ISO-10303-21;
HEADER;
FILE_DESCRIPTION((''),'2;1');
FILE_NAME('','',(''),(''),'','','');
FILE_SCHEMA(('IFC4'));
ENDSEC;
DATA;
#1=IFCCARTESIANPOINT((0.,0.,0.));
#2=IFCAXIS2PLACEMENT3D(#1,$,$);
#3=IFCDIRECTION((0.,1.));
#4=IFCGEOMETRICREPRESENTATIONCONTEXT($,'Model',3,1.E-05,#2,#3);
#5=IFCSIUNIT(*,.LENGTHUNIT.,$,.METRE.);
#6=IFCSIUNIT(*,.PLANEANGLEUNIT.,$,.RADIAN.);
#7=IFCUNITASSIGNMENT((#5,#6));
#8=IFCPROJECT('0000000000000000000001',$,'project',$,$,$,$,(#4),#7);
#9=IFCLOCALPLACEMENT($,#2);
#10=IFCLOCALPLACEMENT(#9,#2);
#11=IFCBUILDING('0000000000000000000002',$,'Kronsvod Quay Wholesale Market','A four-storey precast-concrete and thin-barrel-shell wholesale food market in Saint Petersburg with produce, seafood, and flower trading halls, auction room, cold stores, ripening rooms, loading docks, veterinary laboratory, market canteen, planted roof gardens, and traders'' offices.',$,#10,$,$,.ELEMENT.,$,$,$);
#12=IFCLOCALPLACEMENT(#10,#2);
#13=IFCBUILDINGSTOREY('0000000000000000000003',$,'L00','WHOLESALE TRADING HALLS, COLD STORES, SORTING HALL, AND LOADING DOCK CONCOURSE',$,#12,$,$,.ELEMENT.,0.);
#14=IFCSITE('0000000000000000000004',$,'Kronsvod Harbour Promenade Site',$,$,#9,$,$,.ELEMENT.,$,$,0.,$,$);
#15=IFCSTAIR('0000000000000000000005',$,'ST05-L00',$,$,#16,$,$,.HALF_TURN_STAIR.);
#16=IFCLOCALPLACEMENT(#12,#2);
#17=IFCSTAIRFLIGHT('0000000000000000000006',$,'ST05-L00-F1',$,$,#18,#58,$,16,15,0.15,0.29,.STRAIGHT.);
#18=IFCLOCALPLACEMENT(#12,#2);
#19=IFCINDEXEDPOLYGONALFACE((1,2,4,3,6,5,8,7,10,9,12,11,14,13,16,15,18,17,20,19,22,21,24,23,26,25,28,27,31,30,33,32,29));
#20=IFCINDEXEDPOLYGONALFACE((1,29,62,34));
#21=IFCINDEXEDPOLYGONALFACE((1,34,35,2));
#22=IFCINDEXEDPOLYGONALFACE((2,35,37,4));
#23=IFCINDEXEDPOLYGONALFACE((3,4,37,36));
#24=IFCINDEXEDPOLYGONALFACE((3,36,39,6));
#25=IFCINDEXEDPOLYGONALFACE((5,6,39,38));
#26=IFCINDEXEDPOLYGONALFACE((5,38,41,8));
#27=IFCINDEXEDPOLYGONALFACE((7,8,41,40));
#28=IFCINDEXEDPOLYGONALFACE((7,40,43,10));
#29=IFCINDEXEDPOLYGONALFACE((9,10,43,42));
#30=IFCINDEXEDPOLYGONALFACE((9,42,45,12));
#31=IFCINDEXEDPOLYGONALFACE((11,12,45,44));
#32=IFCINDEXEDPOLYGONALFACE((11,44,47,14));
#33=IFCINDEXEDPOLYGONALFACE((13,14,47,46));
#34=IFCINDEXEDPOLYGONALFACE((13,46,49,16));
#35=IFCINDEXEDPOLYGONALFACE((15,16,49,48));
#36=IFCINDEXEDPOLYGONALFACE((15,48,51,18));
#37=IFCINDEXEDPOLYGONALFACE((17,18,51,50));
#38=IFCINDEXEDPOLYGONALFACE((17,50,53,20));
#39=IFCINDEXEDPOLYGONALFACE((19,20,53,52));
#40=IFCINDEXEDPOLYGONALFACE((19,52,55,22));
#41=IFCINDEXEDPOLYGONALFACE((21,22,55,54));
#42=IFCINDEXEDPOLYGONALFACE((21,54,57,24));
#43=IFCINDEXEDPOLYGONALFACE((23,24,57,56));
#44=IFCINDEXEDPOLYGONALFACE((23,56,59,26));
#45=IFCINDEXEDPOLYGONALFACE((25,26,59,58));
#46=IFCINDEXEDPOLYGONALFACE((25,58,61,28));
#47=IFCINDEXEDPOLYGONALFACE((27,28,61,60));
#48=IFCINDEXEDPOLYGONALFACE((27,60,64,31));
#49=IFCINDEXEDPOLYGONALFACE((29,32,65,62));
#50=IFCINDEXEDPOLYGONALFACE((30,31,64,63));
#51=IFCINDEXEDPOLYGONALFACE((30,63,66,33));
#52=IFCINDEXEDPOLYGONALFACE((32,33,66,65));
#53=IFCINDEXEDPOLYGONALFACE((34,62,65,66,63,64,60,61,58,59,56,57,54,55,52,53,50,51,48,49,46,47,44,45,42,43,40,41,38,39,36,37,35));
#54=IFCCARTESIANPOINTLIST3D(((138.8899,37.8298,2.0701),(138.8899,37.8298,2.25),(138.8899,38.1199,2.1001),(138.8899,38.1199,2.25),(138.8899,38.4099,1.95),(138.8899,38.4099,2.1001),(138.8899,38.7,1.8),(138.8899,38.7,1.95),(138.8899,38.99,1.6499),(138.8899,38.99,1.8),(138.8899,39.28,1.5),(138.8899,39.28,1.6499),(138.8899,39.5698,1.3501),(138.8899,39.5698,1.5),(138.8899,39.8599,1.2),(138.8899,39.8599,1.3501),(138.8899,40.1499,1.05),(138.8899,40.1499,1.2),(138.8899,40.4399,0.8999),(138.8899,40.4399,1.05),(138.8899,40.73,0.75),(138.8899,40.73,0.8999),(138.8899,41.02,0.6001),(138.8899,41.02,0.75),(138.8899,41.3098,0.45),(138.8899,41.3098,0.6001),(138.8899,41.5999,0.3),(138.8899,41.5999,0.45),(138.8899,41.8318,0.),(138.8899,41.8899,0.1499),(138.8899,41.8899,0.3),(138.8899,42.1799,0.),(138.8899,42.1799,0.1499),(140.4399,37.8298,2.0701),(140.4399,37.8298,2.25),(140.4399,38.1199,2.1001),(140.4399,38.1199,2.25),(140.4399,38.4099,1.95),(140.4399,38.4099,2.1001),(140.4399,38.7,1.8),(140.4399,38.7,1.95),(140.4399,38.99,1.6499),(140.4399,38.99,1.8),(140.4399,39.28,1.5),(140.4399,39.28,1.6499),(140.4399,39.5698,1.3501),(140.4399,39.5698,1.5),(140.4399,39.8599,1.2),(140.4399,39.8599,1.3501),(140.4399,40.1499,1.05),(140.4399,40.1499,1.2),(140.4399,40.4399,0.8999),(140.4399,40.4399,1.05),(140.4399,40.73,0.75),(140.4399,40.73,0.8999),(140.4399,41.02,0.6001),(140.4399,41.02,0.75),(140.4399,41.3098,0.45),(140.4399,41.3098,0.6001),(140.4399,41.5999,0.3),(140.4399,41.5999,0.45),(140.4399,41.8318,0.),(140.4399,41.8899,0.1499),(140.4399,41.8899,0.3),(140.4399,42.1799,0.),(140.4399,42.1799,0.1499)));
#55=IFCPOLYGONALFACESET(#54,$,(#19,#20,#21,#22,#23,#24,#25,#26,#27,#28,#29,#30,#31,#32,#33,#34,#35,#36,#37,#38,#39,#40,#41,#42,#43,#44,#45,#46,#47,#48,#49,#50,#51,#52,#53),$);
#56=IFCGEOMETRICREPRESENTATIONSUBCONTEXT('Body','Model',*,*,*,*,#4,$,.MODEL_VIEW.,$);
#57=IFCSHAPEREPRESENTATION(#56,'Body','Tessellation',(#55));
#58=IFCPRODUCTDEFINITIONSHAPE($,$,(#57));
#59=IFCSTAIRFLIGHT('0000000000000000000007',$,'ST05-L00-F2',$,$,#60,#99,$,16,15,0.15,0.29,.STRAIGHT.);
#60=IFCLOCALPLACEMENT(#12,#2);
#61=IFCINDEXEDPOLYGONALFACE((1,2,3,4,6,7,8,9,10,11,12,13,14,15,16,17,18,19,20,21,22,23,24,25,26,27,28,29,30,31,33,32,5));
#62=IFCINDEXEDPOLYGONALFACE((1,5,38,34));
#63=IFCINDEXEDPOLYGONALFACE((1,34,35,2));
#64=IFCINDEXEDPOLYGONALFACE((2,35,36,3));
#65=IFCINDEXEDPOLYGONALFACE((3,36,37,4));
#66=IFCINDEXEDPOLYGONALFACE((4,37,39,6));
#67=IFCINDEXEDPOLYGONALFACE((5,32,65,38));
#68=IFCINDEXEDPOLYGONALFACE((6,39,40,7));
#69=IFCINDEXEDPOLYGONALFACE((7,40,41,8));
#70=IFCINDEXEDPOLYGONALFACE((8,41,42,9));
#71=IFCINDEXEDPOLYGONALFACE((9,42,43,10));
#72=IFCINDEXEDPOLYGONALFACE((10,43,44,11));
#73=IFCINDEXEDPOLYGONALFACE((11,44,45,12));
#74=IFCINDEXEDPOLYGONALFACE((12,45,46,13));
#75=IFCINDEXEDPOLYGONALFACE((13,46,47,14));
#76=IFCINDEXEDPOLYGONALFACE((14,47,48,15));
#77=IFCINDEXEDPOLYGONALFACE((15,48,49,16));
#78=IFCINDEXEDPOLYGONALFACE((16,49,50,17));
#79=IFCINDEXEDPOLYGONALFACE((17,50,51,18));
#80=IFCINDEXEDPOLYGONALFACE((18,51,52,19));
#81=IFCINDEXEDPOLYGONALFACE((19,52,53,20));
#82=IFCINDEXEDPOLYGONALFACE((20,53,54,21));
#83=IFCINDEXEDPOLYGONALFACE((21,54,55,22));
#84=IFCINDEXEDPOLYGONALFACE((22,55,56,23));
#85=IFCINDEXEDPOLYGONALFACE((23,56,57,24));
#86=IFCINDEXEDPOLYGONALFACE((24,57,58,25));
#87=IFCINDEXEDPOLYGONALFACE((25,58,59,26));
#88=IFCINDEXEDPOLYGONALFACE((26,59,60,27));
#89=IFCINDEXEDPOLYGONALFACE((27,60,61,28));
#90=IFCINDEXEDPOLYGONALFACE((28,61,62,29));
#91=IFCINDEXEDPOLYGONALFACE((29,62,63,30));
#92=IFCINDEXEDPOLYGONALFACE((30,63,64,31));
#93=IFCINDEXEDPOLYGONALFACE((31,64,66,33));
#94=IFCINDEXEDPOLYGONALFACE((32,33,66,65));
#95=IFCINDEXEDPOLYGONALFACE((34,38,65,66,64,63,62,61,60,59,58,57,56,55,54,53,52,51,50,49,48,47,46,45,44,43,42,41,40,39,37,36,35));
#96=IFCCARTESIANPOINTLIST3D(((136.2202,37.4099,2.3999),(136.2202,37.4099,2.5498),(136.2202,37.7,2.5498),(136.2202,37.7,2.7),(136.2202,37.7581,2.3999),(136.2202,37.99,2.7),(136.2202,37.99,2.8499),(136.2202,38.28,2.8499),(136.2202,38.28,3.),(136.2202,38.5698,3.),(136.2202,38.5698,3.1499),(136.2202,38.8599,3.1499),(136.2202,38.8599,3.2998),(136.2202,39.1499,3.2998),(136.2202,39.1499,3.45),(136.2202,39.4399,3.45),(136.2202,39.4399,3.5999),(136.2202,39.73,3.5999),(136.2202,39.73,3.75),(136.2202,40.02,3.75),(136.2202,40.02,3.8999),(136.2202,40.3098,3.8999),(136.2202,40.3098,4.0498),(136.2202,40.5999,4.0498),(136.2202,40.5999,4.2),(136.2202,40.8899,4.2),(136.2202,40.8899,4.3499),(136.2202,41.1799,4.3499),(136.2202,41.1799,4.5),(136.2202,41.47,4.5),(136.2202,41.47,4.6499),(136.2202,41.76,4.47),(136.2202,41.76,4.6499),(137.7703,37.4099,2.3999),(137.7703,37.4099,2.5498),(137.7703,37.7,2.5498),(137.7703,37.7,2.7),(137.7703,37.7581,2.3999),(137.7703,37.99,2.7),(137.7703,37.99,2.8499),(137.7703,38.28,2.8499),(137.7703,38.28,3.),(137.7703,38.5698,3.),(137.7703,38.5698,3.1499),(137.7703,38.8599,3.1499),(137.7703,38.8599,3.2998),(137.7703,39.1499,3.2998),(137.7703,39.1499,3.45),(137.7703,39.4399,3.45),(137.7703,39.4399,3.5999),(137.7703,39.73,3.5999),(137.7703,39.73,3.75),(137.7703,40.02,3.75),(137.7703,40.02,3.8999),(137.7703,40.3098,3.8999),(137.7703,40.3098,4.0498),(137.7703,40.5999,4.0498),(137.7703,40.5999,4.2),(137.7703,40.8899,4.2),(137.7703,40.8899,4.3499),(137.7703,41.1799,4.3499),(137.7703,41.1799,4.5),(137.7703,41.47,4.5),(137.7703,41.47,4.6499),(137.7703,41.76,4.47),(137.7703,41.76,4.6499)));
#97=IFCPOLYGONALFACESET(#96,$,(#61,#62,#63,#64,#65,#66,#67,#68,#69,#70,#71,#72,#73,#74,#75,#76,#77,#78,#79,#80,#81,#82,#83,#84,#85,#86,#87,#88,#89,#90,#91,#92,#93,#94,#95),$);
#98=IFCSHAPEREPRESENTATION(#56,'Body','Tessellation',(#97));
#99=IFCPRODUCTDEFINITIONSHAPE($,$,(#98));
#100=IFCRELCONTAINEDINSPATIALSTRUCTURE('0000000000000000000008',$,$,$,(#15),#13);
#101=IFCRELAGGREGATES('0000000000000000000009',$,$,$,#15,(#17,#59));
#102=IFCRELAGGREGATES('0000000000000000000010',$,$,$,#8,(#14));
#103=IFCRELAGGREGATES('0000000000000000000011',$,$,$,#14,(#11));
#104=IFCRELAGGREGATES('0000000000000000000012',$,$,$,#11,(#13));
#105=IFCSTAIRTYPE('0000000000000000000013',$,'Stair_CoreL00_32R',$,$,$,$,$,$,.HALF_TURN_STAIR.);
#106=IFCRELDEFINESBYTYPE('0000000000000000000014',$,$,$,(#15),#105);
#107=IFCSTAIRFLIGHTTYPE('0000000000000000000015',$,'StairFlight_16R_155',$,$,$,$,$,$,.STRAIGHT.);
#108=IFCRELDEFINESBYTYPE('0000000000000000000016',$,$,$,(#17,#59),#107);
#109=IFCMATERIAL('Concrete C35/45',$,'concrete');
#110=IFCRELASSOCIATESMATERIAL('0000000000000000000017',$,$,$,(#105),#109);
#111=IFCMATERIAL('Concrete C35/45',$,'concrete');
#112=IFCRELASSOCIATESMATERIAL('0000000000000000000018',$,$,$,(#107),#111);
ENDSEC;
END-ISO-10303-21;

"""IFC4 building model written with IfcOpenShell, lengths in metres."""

from ifc_helpers import new_model, si_unit, direction, frame, origin, place, context, subcontext, project, spatial, polyline, outline, extrude, material, type_object, element, aggregate, save


model = new_model("IFC4")

# Units and contexts
model_context = context("Model", 3, precision=1e-05, world=origin(), true_north=direction((0.0, 1.0)))
body_context = subcontext(model_context, "Body", "Model", "MODEL_VIEW")
ifc_project = project(units=[si_unit("LENGTHUNIT", "METRE"), si_unit("PLANEANGLEUNIT", "RADIAN")], contexts=[model_context])

# Site, building, storey
site_placement = place(None, origin())
site = spatial("IfcSite", under=ifc_project, at=site_placement, Name="Kronsvod Harbour Promenade Site", CompositionType="ELEMENT", RefElevation=0.0)
building_placement = place(site_placement, origin())
building = spatial("IfcBuilding", under=site, at=building_placement, Name="Kronsvod Quay Wholesale Market", Description="A four-storey precast-concrete and thin-barrel-shell wholesale food market in Saint Petersburg with produce, seafood, and flower trading halls, auction room, cold stores, ripening rooms, loading docks, veterinary laboratory, market canteen, planted roof gardens, and traders' offices.", CompositionType="ELEMENT")
storey_placement = place(building_placement, origin())
storey = spatial("IfcBuildingStorey", under=building, at=storey_placement, Name="L00", Description="WHOLESALE TRADING HALLS, COLD STORES, SORTING HALL, AND LOADING DOCK CONCOURSE", CompositionType="ELEMENT", Elevation=0.0)

# Stair, stair flights
ifc_material_1 = material(Name="Concrete C35/45", Category="concrete")
stair_type = type_object("IfcStairType", Name="Stair_CoreL00_32R", PredefinedType="HALF_TURN_STAIR", material=ifc_material_1)
stair_placement = place(storey_placement, origin())
stair = element("IfcStair", 1, at=stair_placement, inside=storey, type_object=stair_type, Name="ST05-L00", PredefinedType="HALF_TURN_STAIR")
ifc_material_2 = material(Name="Concrete C35/45", Category="concrete")
stair_flight_type = type_object("IfcStairFlightType", Name="StairFlight_16R_155", PredefinedType="STRAIGHT", material=ifc_material_2)
stair_flight_1_placement = place(storey_placement, frame((139.665, 42.1799, 0.0), z_axis=(0.0, 0.0, 1.0), x_axis=(0.0, -1.0, 0.0)))
stair_flight_1 = element("IfcStairFlight", 2, at=stair_flight_1_placement, type_object=stair_flight_type, Name="ST05-L00-F1", NumberOfRisers=16, NumberOfTreads=15, PredefinedType="STRAIGHT", RiserHeight=0.15, TreadLength=0.29, context=body_context, shape_type="SweptSolid", body=[
    extrude(outline(polyline([(0.0, 0.0), (0.0, 0.1499), (0.29, 0.1499), (0.29, 0.3), (0.5801, 0.3), (0.5801, 0.45), (0.8701, 0.45), (0.8701, 0.6001), (1.1599, 0.6001), (1.1599, 0.75), (1.45, 0.75), (1.45, 0.8999), (1.74, 0.8999), (1.74, 1.05), (2.03, 1.05), (2.03, 1.2), (2.3201, 1.2), (2.3201, 1.3501), (2.6101, 1.3501), (2.6101, 1.5), (2.8999, 1.5), (2.8999, 1.6499), (3.1899, 1.6499), (3.1899, 1.8), (3.48, 1.8), (3.48, 1.95), (3.77, 1.95), (3.77, 2.1001), (4.0601, 2.1001), (4.0601, 2.25), (4.3501, 2.25), (4.3501, 2.3999), (4.3501, 2.0701), (0.3481, 0.0), (0.0, 0.0)])), frame((0.0, 0.7749, 0.0), z_axis=(0.0, -1.0, 0.0), x_axis=(1.0, 0.0, 0.0)), (0.0, 0.0, 1.0), 1.55),
])
stair_flight_2_placement = place(storey_placement, frame((136.9951, 37.4099, 2.3999), z_axis=(0.0, 0.0, 1.0), x_axis=(0.0, 1.0, 0.0)))
stair_flight_2 = element("IfcStairFlight", 3, at=stair_flight_2_placement, type_object=stair_flight_type, Name="ST05-L00-F2", NumberOfRisers=16, NumberOfTreads=15, PredefinedType="STRAIGHT", RiserHeight=0.15, TreadLength=0.29, context=body_context, shape_type="SweptSolid", body=[
    extrude(outline(polyline([(0.0, 0.0), (0.0, 0.1499), (0.29, 0.1499), (0.29, 0.3), (0.5801, 0.3), (0.5801, 0.45), (0.8701, 0.45), (0.8701, 0.6001), (1.1599, 0.6001), (1.1599, 0.75), (1.45, 0.75), (1.45, 0.8999), (1.74, 0.8999), (1.74, 1.05), (2.03, 1.05), (2.03, 1.2), (2.3201, 1.2), (2.3201, 1.3501), (2.6101, 1.3501), (2.6101, 1.5), (2.8999, 1.5), (2.8999, 1.6499), (3.1899, 1.6499), (3.1899, 1.8), (3.48, 1.8), (3.48, 1.95), (3.77, 1.95), (3.77, 2.1001), (4.0601, 2.1001), (4.0601, 2.25), (4.3501, 2.25), (4.3501, 2.3999), (4.3501, 2.0701), (0.3481, 0.0), (0.0, 0.0)])), frame((0.0, 0.7749, 0.0), z_axis=(0.0, -1.0, 0.0), x_axis=(1.0, 0.0, 0.0)), (0.0, 0.0, 1.0), 1.55),
])
aggregate(stair, [stair_flight_1, stair_flight_2])

save(model, "model.ifc")
